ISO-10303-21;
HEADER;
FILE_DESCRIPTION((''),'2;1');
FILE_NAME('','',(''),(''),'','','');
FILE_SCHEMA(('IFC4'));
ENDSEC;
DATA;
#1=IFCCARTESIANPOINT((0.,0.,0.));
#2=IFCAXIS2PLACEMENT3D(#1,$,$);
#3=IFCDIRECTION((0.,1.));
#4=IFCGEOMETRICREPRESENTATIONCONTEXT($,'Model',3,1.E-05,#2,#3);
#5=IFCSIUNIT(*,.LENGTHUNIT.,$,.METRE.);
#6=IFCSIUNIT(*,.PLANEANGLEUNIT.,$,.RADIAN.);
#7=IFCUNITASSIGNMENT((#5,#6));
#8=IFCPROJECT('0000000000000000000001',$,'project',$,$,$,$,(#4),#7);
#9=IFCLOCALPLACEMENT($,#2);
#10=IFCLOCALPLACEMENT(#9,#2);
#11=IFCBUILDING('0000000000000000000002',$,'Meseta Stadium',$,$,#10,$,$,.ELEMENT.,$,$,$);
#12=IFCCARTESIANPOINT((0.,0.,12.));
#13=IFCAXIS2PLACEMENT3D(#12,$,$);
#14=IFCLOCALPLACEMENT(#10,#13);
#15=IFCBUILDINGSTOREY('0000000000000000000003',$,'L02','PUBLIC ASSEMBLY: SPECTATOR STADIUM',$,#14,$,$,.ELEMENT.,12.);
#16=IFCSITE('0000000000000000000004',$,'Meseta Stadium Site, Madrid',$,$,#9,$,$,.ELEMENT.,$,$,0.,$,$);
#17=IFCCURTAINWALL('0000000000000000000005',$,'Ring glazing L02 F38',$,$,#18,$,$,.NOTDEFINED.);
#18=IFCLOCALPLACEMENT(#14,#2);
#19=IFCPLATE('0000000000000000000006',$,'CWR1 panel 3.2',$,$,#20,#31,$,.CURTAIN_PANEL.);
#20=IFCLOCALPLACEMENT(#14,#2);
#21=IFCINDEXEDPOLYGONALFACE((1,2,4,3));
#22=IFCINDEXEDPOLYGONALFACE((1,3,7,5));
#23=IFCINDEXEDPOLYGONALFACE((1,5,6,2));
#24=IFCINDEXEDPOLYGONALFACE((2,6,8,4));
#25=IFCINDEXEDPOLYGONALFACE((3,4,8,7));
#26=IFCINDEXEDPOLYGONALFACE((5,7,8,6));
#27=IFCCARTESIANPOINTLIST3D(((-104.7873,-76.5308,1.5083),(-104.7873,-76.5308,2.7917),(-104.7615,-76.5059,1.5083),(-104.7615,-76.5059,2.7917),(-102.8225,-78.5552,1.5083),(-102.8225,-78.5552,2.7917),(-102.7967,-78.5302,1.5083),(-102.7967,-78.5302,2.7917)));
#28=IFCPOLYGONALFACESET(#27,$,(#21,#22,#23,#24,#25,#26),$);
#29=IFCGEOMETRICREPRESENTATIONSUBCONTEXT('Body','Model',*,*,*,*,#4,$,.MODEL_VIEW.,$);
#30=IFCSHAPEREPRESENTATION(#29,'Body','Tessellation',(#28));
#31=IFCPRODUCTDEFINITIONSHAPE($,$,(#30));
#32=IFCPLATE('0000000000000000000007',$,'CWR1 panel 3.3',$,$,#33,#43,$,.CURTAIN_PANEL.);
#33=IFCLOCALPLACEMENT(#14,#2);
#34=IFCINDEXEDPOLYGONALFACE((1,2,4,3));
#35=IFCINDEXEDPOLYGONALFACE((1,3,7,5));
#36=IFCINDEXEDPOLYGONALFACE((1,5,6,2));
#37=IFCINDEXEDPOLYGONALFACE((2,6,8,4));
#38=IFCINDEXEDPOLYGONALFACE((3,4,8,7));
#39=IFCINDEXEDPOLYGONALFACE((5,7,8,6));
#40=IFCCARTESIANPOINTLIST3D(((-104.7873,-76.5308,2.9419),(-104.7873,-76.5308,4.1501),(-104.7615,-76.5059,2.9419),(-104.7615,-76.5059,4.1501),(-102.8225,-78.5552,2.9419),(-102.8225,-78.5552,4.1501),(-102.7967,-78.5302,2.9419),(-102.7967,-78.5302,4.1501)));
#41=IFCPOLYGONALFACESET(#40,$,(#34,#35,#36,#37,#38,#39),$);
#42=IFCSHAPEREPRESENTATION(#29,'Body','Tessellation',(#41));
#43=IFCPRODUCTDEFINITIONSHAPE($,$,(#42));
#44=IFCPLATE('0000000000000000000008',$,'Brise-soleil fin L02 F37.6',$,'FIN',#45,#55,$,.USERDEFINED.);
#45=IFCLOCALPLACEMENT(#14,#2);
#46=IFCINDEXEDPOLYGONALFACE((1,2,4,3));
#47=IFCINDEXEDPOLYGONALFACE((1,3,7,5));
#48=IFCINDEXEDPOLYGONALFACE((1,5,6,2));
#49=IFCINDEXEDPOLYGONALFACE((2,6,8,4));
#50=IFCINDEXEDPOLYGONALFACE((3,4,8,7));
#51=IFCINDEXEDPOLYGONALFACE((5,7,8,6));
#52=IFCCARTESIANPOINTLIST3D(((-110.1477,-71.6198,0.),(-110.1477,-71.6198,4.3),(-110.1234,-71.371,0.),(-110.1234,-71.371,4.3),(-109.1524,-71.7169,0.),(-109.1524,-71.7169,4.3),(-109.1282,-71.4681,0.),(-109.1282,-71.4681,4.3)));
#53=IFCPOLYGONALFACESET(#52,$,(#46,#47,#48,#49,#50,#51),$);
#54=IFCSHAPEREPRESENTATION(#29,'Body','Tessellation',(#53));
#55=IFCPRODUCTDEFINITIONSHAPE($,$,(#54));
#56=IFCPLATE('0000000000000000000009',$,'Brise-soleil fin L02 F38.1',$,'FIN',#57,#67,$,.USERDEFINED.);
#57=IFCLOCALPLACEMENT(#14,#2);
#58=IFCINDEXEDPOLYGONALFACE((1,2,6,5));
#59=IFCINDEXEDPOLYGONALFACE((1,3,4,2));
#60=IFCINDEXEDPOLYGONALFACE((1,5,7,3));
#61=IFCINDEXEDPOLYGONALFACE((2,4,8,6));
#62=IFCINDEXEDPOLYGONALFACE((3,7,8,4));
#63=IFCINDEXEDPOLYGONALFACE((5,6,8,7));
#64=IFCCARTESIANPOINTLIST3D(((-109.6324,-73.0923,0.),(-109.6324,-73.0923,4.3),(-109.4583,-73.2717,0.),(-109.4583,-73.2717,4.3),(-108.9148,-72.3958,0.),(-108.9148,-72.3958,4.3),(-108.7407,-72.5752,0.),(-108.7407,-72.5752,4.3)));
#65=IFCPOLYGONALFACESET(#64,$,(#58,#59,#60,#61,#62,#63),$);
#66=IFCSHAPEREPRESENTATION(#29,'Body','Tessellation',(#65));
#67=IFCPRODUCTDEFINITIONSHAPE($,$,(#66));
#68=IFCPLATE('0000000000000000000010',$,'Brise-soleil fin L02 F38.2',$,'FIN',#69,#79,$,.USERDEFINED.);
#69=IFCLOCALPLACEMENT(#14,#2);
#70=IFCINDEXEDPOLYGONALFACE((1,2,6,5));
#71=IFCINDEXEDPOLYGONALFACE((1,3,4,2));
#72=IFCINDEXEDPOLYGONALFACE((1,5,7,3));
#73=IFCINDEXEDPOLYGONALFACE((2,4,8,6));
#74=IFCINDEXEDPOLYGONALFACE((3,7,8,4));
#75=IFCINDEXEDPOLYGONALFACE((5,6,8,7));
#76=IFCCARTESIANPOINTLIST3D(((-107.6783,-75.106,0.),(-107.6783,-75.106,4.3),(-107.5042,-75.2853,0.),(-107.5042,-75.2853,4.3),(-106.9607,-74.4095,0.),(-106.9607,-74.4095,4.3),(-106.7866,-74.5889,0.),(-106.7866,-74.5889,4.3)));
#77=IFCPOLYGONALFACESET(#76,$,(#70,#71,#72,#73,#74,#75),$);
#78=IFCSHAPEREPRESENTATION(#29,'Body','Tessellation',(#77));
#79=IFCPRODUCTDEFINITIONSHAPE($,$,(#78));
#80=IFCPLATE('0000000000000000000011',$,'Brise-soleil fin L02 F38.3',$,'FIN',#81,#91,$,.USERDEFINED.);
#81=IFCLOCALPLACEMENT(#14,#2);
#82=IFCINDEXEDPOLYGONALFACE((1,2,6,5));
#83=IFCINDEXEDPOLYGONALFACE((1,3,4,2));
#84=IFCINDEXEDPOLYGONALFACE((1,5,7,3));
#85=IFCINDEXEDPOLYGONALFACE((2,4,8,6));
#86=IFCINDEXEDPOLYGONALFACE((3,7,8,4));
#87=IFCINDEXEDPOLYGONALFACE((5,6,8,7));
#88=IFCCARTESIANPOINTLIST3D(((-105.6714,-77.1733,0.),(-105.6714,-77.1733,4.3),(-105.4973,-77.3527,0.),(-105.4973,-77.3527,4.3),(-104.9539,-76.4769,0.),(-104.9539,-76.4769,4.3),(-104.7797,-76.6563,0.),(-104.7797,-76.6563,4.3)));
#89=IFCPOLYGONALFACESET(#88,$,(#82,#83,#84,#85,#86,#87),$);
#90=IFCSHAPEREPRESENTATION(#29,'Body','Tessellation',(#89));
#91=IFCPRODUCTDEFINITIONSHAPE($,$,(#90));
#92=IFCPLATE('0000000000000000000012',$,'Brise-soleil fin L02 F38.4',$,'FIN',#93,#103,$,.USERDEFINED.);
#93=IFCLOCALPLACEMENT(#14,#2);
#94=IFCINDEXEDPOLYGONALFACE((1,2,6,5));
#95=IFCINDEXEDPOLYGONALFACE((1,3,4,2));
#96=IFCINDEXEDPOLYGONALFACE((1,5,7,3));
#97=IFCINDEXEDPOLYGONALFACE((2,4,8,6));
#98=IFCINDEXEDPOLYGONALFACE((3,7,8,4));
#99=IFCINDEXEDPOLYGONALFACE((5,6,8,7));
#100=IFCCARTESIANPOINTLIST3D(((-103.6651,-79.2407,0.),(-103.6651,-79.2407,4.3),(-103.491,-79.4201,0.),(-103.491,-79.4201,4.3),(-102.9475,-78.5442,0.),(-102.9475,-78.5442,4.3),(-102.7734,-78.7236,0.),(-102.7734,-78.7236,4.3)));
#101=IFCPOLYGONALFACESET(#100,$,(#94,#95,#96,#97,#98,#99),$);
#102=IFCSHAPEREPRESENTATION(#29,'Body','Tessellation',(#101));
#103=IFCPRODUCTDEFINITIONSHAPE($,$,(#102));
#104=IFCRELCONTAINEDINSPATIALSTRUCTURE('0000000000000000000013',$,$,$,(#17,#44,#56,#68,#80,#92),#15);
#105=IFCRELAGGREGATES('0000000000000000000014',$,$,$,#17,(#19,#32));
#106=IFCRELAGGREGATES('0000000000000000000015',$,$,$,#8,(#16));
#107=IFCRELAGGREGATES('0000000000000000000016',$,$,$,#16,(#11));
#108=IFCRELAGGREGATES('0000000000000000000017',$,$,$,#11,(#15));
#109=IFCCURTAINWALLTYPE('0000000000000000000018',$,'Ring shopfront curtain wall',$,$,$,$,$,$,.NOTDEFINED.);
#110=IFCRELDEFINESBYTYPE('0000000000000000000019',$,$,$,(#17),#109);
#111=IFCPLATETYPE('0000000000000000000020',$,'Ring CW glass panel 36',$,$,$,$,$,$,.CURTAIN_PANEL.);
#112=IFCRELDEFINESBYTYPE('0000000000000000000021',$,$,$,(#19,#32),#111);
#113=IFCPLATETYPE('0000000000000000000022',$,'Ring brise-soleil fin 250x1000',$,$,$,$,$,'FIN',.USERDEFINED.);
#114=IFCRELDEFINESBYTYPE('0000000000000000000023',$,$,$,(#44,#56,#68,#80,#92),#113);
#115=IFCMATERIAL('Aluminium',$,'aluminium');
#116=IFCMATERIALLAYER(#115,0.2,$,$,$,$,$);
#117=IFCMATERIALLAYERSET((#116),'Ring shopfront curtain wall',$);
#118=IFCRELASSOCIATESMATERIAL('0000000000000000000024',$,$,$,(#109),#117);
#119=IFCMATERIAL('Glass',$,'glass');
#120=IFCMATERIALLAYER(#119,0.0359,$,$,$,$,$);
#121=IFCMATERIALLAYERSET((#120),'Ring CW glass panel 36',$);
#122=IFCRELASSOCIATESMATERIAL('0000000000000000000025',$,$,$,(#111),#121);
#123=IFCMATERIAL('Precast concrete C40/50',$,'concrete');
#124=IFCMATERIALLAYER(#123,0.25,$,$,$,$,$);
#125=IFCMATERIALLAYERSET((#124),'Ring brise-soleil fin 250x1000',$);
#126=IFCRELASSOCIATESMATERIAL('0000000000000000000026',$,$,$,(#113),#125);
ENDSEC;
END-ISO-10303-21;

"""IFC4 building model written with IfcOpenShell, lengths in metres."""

from ifc_helpers import new_model, si_unit, direction, frame, origin, origin_2d, place, context, subcontext, project, spatial, rectangle, extrude, material, layer, layer_set, type_object, element, aggregate, save


model = new_model("IFC4")

# Units and contexts
model_context = context("Model", 3, precision=1e-05, world=origin(), true_north=direction((0.0, 1.0)))
body_context = subcontext(model_context, "Body", "Model", "MODEL_VIEW")
ifc_project = project(units=[si_unit("LENGTHUNIT", "METRE"), si_unit("PLANEANGLEUNIT", "RADIAN")], contexts=[model_context])

# Site, building, storey
site_placement = place(None, origin())
site = spatial("IfcSite", under=ifc_project, at=site_placement, Name="Meseta Stadium Site, Madrid", CompositionType="ELEMENT", RefElevation=0.0)
building_placement = place(site_placement, origin())
building = spatial("IfcBuilding", under=site, at=building_placement, Name="Meseta Stadium", CompositionType="ELEMENT")
storey_placement = place(building_placement, frame((0.0, 0.0, 12.0)))
storey = spatial("IfcBuildingStorey", under=building, at=storey_placement, Name="L02", Description="PUBLIC ASSEMBLY: SPECTATOR STADIUM", CompositionType="ELEMENT", Elevation=12.0)

# Shared definitions
ifc_material_1 = material(Name="Aluminium", Category="aluminium")
ifc_layer_1 = layer(ifc_material_1, 0.2)
ifc_layer_set_1 = layer_set([ifc_layer_1], Name="Ring shopfront curtain wall")
curtain_wall_type = type_object("IfcCurtainWallType", Name="Ring shopfront curtain wall", PredefinedType="NOTDEFINED", material=ifc_layer_set_1)

# Curtain wall, plates
curtain_wall_1_placement = place(storey_placement, origin())
curtain_wall_1 = element("IfcCurtainWall", 1, at=curtain_wall_1_placement, inside=storey, type_object=curtain_wall_type, Name="Ring glazing L02 F38", PredefinedType="NOTDEFINED")
ifc_material_2 = material(Name="Glass", Category="glass")
ifc_layer_2 = layer(ifc_material_2, 0.0359)
ifc_layer_set_2 = layer_set([ifc_layer_2], Name="Ring CW glass panel 36")
plate_type_1 = type_object("IfcPlateType", Name="Ring CW glass panel 36", PredefinedType="CURTAIN_PANEL", material=ifc_layer_set_2)
plate_1_placement = place(storey_placement, frame((-103.792, -77.5305, 1.5083), z_axis=(0.0, 0.0, 1.0), x_axis=(0.696473, -0.717583, 0.0)))
plate_1 = element("IfcPlate", 2, at=plate_1_placement, type_object=plate_type_1, Name="CWR1 panel 3.2", PredefinedType="CURTAIN_PANEL", context=body_context, shape_type="SweptSolid", body=[
    extrude(rectangle(XDim=2.821, YDim=0.0359, at=origin_2d()), origin(), (0.0, 0.0, 1.0), 1.2834),
])
plate_2_placement = place(storey_placement, frame((-103.792, -77.5305, 2.9419), z_axis=(0.0, 0.0, 1.0), x_axis=(0.696473, -0.717583, 0.0)))
plate_2 = element("IfcPlate", 3, at=plate_2_placement, type_object=plate_type_1, Name="CWR1 panel 3.3", PredefinedType="CURTAIN_PANEL", context=body_context, shape_type="SweptSolid", body=[
    extrude(rectangle(XDim=2.821, YDim=0.0359, at=origin_2d()), origin(), (0.0, 0.0, 1.0), 1.2083),
])
aggregate(curtain_wall_1, [plate_1, plate_2])

# Plates
ifc_material_3 = material(Name="Precast concrete C40/50", Category="concrete")
ifc_layer_3 = layer(ifc_material_3, 0.25)
ifc_layer_set_3 = layer_set([ifc_layer_3], Name="Ring brise-soleil fin 250x1000")
plate_type_2 = type_object("IfcPlateType", Name="Ring brise-soleil fin 250x1000", ElementType="FIN", PredefinedType="USERDEFINED", material=ifc_layer_set_3)
for number, where, z_axis, x_axis, name in (
    (4, (-109.6379, -71.5439, 0.0), (0.0, 0.0, 1.0), (-0.097123, -0.995272, 0.0), "Brise-soleil fin L02 F37.6"),
    (5, (-109.1865, -72.8337, 0.0), (0.0, 0.0, 1.0), (0.696475, -0.717581, 0.0), "Brise-soleil fin L02 F38.1"),
    (6, (-107.2324, -74.8474, 0.0), (0.0, 0.0, 1.0), (0.696475, -0.717581, 0.0), "Brise-soleil fin L02 F38.2"),
    (7, (-105.2256, -76.9148, 0.0), (0.0, 0.0, 1.0), (0.696475, -0.717581, 0.0), "Brise-soleil fin L02 F38.3"),
    (8, (-103.2192, -78.9822, 0.0), (0.0, 0.0, 1.0), (0.696475, -0.717581, 0.0), "Brise-soleil fin L02 F38.4"),
):
    element("IfcPlate", number, at=place(storey_placement, frame(where, z_axis=z_axis, x_axis=x_axis)), inside=storey, type_object=plate_type_2, Name=name, ObjectType="FIN", PredefinedType="USERDEFINED", context=body_context, shape_type="SweptSolid", body=[
        extrude(rectangle(XDim=0.25, YDim=1.0, at=origin_2d()), origin(), (0.0, 0.0, 1.0), 4.3),
    ])

save(model, "model.ifc")
